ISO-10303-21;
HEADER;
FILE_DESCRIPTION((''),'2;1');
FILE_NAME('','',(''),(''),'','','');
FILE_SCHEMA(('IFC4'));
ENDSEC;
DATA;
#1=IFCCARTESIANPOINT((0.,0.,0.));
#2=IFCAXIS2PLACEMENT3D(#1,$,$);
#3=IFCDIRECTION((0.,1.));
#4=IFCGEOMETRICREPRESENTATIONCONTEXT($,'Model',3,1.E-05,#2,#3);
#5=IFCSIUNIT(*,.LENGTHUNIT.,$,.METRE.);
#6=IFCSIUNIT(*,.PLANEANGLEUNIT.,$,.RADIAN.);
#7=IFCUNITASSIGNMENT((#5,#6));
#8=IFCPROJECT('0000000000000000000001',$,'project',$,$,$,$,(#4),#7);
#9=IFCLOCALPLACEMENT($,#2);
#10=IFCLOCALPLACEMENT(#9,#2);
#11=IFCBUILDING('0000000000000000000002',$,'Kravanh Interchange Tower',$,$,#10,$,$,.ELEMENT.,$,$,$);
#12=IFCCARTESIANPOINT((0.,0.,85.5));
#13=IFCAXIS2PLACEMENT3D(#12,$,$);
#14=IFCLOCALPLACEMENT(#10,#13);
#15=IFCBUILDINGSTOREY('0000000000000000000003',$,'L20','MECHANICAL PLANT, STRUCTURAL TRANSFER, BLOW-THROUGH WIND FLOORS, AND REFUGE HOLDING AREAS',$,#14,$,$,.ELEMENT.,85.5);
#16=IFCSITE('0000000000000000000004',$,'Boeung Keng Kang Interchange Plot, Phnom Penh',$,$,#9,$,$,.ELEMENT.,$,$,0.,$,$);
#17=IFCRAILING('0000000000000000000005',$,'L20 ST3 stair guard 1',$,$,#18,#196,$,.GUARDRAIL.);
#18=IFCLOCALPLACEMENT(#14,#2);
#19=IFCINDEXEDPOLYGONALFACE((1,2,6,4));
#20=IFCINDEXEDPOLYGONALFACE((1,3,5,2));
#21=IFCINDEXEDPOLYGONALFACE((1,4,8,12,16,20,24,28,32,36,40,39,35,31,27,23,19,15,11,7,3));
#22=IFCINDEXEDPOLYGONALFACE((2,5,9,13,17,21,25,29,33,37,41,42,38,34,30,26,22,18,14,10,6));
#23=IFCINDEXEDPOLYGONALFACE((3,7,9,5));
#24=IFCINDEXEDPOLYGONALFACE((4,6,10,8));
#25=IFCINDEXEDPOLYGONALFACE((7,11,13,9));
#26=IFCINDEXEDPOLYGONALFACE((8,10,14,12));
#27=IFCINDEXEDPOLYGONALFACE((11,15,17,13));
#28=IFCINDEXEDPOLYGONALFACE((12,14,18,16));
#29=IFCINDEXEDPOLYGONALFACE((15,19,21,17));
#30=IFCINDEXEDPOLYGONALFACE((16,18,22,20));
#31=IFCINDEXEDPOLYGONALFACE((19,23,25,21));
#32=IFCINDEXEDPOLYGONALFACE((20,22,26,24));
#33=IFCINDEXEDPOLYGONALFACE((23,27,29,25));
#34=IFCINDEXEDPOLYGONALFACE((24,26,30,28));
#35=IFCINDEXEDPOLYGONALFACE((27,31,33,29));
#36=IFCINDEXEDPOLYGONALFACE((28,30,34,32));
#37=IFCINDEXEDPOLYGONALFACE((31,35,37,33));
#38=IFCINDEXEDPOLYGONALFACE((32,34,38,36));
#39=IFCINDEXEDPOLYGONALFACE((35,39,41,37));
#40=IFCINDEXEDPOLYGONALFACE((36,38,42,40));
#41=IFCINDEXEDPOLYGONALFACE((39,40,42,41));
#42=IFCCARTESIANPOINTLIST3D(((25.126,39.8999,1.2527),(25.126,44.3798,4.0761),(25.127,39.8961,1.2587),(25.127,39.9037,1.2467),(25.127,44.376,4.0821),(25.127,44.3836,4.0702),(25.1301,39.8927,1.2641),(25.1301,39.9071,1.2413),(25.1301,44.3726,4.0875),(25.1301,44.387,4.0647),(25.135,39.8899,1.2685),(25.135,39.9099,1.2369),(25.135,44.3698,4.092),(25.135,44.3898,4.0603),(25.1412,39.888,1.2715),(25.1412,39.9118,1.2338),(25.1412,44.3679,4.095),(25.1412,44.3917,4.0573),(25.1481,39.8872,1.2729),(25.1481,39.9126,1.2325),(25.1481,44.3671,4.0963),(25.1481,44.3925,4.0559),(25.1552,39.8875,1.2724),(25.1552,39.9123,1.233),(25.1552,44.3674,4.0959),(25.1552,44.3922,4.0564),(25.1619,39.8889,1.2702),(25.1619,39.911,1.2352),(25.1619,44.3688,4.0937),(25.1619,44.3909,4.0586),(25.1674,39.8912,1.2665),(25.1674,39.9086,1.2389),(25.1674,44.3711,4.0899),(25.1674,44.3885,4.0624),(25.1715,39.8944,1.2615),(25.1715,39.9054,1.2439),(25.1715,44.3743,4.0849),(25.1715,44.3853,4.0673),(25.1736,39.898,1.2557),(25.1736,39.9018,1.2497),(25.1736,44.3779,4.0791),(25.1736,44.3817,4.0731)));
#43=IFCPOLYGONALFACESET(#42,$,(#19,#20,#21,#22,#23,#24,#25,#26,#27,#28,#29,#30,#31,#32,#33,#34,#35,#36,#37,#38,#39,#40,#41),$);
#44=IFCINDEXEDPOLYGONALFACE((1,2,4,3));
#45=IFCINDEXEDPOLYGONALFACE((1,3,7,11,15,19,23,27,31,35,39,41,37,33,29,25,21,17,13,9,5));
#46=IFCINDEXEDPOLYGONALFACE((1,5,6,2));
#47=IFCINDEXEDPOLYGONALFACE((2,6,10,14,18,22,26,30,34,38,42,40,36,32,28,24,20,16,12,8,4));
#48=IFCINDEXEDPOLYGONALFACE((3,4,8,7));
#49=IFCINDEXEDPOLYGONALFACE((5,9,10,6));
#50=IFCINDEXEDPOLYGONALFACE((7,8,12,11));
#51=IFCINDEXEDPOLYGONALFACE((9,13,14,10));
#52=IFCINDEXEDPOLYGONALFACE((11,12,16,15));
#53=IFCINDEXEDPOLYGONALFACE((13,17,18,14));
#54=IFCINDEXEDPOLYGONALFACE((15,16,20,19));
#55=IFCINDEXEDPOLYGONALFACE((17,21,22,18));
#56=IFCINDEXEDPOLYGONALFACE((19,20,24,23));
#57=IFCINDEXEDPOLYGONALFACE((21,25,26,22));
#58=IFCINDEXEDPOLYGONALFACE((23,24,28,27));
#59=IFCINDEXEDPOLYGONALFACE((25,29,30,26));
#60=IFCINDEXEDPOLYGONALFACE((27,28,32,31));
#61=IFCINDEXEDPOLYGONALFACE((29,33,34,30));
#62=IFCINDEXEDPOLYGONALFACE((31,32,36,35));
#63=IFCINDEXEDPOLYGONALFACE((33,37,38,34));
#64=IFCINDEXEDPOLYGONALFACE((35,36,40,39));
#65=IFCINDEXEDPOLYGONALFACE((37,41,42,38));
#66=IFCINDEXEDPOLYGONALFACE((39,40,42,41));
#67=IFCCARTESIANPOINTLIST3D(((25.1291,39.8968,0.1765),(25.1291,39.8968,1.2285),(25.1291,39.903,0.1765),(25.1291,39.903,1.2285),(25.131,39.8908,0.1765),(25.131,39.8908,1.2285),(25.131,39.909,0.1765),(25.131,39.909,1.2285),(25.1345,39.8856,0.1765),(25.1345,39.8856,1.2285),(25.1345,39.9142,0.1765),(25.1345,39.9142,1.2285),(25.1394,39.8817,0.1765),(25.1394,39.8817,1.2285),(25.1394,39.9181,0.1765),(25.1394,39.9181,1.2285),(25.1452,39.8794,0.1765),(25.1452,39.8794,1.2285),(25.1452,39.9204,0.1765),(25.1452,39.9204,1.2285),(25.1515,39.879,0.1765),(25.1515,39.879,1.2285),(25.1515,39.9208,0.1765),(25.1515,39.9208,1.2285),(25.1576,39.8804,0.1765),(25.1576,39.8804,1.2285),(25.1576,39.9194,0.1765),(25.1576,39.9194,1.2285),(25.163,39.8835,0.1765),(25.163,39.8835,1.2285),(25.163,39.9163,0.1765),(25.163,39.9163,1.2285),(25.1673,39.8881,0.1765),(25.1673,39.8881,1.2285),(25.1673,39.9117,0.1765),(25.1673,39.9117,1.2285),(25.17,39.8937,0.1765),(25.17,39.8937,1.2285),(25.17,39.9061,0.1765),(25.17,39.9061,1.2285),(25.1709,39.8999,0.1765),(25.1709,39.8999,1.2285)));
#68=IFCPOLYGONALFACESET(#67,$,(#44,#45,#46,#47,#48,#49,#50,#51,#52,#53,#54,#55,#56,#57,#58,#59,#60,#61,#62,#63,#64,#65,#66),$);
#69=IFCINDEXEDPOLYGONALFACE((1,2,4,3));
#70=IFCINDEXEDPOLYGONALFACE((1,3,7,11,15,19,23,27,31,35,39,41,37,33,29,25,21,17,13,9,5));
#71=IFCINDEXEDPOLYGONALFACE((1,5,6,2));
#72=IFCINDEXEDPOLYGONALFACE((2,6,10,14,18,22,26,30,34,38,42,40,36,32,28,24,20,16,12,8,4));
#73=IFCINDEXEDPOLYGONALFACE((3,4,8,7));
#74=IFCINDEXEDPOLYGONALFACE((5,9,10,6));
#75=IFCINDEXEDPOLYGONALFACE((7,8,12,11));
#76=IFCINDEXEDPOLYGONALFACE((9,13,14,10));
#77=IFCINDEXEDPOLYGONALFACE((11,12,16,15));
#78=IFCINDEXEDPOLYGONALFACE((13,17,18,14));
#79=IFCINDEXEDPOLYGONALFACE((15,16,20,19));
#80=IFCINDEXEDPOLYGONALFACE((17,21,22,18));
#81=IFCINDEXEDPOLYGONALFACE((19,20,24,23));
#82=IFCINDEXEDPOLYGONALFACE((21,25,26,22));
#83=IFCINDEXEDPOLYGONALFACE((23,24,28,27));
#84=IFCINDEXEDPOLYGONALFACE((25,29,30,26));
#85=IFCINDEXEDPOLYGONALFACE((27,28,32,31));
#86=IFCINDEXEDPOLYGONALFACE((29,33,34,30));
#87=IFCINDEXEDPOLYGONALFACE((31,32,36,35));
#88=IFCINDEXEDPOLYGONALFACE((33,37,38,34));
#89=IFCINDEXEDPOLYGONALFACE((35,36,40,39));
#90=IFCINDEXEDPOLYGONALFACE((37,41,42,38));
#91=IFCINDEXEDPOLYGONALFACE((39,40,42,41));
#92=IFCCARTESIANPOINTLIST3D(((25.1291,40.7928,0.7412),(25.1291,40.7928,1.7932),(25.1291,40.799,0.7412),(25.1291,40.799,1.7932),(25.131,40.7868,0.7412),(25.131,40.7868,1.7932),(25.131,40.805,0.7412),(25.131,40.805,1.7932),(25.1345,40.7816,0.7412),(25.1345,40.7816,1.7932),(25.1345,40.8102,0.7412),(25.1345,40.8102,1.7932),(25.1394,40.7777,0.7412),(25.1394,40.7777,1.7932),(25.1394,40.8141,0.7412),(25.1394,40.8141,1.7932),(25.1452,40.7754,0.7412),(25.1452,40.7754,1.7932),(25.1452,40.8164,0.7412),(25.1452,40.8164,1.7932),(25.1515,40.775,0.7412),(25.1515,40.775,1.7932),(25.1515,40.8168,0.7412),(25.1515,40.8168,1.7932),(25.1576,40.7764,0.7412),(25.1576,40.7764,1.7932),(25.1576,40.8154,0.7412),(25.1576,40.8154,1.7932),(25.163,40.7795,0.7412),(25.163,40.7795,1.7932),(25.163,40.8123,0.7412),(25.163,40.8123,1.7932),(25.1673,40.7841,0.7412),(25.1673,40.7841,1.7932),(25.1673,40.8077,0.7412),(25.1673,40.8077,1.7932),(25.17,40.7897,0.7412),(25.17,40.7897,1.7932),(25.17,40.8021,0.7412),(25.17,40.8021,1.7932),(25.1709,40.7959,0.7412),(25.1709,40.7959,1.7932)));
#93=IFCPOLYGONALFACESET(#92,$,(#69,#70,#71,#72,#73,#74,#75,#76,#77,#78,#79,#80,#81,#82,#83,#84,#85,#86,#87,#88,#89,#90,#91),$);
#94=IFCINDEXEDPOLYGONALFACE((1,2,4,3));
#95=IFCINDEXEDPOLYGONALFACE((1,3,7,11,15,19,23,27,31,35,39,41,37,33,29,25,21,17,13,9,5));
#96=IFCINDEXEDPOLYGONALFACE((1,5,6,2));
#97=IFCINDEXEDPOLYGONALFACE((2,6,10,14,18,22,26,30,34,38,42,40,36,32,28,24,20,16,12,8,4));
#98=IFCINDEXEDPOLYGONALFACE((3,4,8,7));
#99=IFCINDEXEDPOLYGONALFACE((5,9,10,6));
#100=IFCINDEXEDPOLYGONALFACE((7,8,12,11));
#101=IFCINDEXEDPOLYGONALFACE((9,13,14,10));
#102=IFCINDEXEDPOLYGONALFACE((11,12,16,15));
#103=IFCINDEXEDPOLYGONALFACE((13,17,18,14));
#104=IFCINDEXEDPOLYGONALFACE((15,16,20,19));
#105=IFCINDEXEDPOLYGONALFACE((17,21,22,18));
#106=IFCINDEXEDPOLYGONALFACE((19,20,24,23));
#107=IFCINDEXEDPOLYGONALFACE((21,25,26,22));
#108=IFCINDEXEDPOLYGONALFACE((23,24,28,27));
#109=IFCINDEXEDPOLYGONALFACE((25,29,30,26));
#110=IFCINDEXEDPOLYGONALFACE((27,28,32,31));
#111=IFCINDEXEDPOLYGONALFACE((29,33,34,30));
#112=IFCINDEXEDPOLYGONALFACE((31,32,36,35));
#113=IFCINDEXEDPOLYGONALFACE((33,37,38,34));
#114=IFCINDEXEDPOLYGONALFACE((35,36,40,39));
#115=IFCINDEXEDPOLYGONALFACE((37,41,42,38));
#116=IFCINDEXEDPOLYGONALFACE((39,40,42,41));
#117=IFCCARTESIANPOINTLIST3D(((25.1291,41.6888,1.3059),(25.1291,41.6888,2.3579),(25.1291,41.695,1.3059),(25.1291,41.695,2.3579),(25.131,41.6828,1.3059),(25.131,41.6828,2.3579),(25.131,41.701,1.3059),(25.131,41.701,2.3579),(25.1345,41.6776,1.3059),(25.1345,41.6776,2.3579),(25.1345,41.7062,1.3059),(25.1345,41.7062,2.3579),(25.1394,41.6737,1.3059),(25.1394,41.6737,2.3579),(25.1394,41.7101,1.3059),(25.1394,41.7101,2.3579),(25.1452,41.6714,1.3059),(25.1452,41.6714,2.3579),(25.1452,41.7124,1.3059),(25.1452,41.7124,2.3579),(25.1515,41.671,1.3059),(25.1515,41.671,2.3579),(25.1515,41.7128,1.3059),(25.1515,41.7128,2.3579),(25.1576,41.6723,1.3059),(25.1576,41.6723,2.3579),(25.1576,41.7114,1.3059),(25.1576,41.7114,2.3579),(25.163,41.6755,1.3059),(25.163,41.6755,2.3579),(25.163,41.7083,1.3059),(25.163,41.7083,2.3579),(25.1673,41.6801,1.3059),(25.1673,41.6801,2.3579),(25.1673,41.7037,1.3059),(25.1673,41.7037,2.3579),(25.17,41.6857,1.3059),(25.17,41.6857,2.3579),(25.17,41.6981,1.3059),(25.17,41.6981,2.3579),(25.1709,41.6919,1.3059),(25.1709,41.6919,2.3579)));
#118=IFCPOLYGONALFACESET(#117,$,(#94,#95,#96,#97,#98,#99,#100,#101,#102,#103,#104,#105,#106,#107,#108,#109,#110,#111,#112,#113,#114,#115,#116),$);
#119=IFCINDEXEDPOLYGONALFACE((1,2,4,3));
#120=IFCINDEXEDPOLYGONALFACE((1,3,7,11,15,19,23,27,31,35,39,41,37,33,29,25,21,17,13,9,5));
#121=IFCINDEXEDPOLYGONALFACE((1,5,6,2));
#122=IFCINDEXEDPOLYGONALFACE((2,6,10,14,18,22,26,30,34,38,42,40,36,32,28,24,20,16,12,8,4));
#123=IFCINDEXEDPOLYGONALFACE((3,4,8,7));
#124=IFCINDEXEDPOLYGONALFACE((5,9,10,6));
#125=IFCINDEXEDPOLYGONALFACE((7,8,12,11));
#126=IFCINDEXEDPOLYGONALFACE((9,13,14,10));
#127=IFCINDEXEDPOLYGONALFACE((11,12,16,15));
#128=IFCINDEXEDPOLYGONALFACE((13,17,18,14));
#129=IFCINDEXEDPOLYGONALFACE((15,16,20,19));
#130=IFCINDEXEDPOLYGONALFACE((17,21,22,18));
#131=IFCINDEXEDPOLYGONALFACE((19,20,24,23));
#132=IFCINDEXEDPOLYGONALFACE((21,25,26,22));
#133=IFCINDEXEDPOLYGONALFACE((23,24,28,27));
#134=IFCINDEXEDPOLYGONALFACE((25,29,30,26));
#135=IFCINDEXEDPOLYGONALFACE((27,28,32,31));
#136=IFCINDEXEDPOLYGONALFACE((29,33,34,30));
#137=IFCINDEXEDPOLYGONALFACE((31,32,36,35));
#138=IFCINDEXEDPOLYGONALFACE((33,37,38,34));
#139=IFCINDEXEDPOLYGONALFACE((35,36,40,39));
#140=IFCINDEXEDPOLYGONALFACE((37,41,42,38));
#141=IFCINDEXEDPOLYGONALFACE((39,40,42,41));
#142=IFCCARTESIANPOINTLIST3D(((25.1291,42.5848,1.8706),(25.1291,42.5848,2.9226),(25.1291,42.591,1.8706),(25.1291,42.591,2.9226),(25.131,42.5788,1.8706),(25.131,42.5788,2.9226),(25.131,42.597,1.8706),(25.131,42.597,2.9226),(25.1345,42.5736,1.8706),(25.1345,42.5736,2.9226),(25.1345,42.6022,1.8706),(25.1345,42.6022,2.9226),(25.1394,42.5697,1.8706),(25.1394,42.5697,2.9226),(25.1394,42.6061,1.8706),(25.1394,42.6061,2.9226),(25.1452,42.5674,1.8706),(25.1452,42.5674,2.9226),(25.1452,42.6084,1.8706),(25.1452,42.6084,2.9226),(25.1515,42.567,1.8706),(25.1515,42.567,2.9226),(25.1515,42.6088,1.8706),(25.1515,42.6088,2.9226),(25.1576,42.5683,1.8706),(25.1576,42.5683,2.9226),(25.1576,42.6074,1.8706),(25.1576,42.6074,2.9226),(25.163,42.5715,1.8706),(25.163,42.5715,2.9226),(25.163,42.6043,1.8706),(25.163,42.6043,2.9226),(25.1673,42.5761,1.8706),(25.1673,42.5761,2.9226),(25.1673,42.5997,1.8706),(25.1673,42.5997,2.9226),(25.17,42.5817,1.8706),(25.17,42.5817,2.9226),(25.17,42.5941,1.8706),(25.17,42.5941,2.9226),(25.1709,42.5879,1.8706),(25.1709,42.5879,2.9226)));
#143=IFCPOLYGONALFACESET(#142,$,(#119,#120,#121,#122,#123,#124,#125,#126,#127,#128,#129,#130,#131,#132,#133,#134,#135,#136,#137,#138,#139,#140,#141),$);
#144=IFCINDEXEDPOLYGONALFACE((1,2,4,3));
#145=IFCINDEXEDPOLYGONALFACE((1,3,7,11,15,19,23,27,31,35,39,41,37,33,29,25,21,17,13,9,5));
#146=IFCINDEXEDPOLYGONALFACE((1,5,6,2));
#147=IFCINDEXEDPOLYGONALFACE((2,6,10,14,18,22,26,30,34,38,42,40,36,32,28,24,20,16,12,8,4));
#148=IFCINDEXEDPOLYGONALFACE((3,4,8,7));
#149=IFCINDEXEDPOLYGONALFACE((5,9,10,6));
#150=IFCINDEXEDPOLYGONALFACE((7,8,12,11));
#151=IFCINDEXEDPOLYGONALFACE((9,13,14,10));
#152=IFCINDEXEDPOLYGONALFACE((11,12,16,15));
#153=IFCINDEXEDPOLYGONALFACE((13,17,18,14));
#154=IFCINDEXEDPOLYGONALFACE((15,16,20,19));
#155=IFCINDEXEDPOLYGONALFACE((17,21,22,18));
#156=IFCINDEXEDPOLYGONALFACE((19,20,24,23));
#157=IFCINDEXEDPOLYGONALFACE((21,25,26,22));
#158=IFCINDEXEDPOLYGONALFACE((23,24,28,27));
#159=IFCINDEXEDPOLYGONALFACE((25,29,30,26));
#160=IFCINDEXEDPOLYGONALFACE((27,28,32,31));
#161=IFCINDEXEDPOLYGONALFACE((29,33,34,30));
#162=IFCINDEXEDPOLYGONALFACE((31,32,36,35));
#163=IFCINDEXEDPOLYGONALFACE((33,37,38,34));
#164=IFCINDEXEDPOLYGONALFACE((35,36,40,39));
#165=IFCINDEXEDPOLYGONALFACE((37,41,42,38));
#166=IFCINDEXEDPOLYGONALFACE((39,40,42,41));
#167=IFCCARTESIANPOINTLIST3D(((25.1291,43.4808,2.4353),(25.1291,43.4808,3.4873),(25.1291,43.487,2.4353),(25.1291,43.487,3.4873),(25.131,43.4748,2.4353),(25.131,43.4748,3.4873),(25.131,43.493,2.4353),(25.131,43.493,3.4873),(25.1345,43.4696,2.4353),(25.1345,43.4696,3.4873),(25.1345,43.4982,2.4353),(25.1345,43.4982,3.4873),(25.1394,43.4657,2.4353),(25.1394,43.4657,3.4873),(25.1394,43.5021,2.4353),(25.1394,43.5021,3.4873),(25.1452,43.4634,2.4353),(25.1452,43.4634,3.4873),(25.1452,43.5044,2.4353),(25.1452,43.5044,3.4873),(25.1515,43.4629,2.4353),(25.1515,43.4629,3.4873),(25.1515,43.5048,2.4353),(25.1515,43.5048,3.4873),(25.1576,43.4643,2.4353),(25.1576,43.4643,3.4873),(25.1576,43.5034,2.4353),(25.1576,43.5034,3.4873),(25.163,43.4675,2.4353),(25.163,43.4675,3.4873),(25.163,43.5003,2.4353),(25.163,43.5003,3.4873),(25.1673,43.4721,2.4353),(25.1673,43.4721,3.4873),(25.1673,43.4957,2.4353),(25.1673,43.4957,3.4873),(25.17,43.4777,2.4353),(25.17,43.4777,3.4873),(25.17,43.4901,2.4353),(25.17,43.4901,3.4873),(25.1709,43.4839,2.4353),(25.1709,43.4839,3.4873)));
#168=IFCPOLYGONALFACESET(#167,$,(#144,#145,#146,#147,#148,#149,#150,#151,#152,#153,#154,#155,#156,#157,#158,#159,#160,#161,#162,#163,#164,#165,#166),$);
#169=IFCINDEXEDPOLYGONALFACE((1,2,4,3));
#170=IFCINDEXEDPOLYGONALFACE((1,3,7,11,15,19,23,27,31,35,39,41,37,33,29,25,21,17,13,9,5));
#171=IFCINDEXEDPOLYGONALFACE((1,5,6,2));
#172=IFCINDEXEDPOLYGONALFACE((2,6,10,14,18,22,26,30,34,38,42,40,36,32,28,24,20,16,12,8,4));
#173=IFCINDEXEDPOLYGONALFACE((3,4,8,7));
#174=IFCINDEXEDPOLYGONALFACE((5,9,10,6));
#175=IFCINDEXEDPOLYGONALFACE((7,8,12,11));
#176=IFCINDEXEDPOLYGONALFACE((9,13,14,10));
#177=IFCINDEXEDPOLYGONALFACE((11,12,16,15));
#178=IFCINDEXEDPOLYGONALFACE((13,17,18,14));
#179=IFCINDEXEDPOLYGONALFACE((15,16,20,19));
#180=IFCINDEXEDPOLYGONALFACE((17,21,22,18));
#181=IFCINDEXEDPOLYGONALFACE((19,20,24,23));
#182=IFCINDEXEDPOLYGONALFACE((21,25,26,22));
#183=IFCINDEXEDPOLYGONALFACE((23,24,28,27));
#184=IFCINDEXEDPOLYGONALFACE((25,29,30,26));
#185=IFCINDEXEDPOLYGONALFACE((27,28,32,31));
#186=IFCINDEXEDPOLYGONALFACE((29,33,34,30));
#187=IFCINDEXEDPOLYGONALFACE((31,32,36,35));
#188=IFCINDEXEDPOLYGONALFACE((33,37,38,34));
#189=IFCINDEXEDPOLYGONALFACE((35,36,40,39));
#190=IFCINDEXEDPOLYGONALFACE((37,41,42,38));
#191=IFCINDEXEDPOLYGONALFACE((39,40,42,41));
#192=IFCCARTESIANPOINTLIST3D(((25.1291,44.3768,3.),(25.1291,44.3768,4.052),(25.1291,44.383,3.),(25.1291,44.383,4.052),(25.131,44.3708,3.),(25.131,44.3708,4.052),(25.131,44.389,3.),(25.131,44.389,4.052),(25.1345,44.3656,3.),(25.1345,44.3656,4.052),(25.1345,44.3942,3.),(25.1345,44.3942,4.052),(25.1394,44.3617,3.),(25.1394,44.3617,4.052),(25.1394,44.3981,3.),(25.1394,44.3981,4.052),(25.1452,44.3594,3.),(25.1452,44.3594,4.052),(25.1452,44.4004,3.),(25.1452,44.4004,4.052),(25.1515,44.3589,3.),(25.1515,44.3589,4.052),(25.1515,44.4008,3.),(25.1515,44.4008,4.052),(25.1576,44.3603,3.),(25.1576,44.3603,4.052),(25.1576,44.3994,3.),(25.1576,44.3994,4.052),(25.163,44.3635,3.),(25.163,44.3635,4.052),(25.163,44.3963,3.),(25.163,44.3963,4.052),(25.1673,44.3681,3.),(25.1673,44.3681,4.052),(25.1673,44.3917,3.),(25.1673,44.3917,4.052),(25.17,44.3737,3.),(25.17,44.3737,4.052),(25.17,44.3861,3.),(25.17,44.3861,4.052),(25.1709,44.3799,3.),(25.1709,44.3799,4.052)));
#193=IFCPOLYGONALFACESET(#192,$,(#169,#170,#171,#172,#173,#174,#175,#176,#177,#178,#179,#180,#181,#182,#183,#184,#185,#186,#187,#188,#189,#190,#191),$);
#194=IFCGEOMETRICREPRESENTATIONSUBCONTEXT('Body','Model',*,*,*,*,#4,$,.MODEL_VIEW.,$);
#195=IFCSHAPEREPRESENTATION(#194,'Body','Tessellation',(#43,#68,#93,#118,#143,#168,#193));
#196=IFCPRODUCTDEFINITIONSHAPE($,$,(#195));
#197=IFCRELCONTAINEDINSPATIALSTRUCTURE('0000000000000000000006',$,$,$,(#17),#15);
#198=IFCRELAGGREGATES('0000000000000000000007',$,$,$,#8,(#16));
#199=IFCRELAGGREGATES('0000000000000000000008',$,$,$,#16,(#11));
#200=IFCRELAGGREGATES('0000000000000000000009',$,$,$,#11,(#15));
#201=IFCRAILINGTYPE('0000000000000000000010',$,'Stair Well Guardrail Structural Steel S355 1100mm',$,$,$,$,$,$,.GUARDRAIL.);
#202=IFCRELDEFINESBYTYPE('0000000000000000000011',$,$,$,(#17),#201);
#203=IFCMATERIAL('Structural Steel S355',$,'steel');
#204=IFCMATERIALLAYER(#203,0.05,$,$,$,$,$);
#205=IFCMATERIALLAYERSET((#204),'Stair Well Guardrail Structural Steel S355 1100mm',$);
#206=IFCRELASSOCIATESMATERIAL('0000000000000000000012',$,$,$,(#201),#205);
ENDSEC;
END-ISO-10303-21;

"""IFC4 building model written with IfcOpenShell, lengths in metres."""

from ifc_helpers import new_model, si_unit, direction, frame, origin, origin_2d, place, context, subcontext, project, spatial, circle, extrude, material, layer, layer_set, type_object, element, save


model = new_model("IFC4")

# Units and contexts
model_context = context("Model", 3, precision=1e-05, world=origin(), true_north=direction((0.0, 1.0)))
body_context = subcontext(model_context, "Body", "Model", "MODEL_VIEW")
ifc_project = project(units=[si_unit("LENGTHUNIT", "METRE"), si_unit("PLANEANGLEUNIT", "RADIAN")], contexts=[model_context])

# Site, building, storey
site_placement = place(None, origin())
site = spatial("IfcSite", under=ifc_project, at=site_placement, Name="Boeung Keng Kang Interchange Plot, Phnom Penh", CompositionType="ELEMENT", RefElevation=0.0)
building_placement = place(site_placement, origin())
building = spatial("IfcBuilding", under=site, at=building_placement, Name="Kravanh Interchange Tower", CompositionType="ELEMENT")
storey_placement = place(building_placement, frame((0.0, 0.0, 85.5)))
storey = spatial("IfcBuildingStorey", under=building, at=storey_placement, Name="L20", Description="MECHANICAL PLANT, STRUCTURAL TRANSFER, BLOW-THROUGH WIND FLOORS, AND REFUGE HOLDING AREAS", CompositionType="ELEMENT", Elevation=85.5)

# Railing
ifc_material_1 = material(Name="Structural Steel S355", Category="steel")
ifc_layer_1 = layer(ifc_material_1, 0.05)
ifc_layer_set_1 = layer_set([ifc_layer_1], Name="Stair Well Guardrail Structural Steel S355 1100mm")
railing_type_1 = type_object("IfcRailingType", Name="Stair Well Guardrail Structural Steel S355 1100mm", PredefinedType="GUARDRAIL", material=ifc_layer_set_1)
railing_1_placement = place(storey_placement, frame((25.1499, 39.8999, 0.1765)))
element("IfcRailing", 1, at=railing_1_placement, inside=storey, type_object=railing_type_1, Name="L20 ST3 stair guard 1", PredefinedType="GUARDRAIL", context=body_context, shape_type="SweptSolid", body=[
    extrude(circle(Radius=0.0239, at=origin_2d()), frame((0.0, 0.0, 1.0762), z_axis=(0.0, 0.845998, 0.533186), x_axis=(-1.0, 0.0, 0.0)), (0.0, 0.0, 1.0), 5.2954),
    extrude(circle(Radius=0.021, at=origin_2d()), origin(), (0.0, 0.0, 1.0), 1.052),
    extrude(circle(Radius=0.021, at=origin_2d()), frame((0.0, 0.896, 0.5647)), (0.0, 0.0, 1.0), 1.052),
    extrude(circle(Radius=0.021, at=origin_2d()), frame((0.0, 1.792, 1.1294)), (0.0, 0.0, 1.0), 1.052),
    extrude(circle(Radius=0.021, at=origin_2d()), frame((0.0, 2.688, 1.6941)), (0.0, 0.0, 1.0), 1.052),
    extrude(circle(Radius=0.021, at=origin_2d()), frame((0.0, 3.584, 2.2588)), (0.0, 0.0, 1.0), 1.052),
    extrude(circle(Radius=0.021, at=origin_2d()), frame((0.0, 4.48, 2.8235)), (0.0, 0.0, 1.0), 1.052),
])

save(model, "model.ifc")
